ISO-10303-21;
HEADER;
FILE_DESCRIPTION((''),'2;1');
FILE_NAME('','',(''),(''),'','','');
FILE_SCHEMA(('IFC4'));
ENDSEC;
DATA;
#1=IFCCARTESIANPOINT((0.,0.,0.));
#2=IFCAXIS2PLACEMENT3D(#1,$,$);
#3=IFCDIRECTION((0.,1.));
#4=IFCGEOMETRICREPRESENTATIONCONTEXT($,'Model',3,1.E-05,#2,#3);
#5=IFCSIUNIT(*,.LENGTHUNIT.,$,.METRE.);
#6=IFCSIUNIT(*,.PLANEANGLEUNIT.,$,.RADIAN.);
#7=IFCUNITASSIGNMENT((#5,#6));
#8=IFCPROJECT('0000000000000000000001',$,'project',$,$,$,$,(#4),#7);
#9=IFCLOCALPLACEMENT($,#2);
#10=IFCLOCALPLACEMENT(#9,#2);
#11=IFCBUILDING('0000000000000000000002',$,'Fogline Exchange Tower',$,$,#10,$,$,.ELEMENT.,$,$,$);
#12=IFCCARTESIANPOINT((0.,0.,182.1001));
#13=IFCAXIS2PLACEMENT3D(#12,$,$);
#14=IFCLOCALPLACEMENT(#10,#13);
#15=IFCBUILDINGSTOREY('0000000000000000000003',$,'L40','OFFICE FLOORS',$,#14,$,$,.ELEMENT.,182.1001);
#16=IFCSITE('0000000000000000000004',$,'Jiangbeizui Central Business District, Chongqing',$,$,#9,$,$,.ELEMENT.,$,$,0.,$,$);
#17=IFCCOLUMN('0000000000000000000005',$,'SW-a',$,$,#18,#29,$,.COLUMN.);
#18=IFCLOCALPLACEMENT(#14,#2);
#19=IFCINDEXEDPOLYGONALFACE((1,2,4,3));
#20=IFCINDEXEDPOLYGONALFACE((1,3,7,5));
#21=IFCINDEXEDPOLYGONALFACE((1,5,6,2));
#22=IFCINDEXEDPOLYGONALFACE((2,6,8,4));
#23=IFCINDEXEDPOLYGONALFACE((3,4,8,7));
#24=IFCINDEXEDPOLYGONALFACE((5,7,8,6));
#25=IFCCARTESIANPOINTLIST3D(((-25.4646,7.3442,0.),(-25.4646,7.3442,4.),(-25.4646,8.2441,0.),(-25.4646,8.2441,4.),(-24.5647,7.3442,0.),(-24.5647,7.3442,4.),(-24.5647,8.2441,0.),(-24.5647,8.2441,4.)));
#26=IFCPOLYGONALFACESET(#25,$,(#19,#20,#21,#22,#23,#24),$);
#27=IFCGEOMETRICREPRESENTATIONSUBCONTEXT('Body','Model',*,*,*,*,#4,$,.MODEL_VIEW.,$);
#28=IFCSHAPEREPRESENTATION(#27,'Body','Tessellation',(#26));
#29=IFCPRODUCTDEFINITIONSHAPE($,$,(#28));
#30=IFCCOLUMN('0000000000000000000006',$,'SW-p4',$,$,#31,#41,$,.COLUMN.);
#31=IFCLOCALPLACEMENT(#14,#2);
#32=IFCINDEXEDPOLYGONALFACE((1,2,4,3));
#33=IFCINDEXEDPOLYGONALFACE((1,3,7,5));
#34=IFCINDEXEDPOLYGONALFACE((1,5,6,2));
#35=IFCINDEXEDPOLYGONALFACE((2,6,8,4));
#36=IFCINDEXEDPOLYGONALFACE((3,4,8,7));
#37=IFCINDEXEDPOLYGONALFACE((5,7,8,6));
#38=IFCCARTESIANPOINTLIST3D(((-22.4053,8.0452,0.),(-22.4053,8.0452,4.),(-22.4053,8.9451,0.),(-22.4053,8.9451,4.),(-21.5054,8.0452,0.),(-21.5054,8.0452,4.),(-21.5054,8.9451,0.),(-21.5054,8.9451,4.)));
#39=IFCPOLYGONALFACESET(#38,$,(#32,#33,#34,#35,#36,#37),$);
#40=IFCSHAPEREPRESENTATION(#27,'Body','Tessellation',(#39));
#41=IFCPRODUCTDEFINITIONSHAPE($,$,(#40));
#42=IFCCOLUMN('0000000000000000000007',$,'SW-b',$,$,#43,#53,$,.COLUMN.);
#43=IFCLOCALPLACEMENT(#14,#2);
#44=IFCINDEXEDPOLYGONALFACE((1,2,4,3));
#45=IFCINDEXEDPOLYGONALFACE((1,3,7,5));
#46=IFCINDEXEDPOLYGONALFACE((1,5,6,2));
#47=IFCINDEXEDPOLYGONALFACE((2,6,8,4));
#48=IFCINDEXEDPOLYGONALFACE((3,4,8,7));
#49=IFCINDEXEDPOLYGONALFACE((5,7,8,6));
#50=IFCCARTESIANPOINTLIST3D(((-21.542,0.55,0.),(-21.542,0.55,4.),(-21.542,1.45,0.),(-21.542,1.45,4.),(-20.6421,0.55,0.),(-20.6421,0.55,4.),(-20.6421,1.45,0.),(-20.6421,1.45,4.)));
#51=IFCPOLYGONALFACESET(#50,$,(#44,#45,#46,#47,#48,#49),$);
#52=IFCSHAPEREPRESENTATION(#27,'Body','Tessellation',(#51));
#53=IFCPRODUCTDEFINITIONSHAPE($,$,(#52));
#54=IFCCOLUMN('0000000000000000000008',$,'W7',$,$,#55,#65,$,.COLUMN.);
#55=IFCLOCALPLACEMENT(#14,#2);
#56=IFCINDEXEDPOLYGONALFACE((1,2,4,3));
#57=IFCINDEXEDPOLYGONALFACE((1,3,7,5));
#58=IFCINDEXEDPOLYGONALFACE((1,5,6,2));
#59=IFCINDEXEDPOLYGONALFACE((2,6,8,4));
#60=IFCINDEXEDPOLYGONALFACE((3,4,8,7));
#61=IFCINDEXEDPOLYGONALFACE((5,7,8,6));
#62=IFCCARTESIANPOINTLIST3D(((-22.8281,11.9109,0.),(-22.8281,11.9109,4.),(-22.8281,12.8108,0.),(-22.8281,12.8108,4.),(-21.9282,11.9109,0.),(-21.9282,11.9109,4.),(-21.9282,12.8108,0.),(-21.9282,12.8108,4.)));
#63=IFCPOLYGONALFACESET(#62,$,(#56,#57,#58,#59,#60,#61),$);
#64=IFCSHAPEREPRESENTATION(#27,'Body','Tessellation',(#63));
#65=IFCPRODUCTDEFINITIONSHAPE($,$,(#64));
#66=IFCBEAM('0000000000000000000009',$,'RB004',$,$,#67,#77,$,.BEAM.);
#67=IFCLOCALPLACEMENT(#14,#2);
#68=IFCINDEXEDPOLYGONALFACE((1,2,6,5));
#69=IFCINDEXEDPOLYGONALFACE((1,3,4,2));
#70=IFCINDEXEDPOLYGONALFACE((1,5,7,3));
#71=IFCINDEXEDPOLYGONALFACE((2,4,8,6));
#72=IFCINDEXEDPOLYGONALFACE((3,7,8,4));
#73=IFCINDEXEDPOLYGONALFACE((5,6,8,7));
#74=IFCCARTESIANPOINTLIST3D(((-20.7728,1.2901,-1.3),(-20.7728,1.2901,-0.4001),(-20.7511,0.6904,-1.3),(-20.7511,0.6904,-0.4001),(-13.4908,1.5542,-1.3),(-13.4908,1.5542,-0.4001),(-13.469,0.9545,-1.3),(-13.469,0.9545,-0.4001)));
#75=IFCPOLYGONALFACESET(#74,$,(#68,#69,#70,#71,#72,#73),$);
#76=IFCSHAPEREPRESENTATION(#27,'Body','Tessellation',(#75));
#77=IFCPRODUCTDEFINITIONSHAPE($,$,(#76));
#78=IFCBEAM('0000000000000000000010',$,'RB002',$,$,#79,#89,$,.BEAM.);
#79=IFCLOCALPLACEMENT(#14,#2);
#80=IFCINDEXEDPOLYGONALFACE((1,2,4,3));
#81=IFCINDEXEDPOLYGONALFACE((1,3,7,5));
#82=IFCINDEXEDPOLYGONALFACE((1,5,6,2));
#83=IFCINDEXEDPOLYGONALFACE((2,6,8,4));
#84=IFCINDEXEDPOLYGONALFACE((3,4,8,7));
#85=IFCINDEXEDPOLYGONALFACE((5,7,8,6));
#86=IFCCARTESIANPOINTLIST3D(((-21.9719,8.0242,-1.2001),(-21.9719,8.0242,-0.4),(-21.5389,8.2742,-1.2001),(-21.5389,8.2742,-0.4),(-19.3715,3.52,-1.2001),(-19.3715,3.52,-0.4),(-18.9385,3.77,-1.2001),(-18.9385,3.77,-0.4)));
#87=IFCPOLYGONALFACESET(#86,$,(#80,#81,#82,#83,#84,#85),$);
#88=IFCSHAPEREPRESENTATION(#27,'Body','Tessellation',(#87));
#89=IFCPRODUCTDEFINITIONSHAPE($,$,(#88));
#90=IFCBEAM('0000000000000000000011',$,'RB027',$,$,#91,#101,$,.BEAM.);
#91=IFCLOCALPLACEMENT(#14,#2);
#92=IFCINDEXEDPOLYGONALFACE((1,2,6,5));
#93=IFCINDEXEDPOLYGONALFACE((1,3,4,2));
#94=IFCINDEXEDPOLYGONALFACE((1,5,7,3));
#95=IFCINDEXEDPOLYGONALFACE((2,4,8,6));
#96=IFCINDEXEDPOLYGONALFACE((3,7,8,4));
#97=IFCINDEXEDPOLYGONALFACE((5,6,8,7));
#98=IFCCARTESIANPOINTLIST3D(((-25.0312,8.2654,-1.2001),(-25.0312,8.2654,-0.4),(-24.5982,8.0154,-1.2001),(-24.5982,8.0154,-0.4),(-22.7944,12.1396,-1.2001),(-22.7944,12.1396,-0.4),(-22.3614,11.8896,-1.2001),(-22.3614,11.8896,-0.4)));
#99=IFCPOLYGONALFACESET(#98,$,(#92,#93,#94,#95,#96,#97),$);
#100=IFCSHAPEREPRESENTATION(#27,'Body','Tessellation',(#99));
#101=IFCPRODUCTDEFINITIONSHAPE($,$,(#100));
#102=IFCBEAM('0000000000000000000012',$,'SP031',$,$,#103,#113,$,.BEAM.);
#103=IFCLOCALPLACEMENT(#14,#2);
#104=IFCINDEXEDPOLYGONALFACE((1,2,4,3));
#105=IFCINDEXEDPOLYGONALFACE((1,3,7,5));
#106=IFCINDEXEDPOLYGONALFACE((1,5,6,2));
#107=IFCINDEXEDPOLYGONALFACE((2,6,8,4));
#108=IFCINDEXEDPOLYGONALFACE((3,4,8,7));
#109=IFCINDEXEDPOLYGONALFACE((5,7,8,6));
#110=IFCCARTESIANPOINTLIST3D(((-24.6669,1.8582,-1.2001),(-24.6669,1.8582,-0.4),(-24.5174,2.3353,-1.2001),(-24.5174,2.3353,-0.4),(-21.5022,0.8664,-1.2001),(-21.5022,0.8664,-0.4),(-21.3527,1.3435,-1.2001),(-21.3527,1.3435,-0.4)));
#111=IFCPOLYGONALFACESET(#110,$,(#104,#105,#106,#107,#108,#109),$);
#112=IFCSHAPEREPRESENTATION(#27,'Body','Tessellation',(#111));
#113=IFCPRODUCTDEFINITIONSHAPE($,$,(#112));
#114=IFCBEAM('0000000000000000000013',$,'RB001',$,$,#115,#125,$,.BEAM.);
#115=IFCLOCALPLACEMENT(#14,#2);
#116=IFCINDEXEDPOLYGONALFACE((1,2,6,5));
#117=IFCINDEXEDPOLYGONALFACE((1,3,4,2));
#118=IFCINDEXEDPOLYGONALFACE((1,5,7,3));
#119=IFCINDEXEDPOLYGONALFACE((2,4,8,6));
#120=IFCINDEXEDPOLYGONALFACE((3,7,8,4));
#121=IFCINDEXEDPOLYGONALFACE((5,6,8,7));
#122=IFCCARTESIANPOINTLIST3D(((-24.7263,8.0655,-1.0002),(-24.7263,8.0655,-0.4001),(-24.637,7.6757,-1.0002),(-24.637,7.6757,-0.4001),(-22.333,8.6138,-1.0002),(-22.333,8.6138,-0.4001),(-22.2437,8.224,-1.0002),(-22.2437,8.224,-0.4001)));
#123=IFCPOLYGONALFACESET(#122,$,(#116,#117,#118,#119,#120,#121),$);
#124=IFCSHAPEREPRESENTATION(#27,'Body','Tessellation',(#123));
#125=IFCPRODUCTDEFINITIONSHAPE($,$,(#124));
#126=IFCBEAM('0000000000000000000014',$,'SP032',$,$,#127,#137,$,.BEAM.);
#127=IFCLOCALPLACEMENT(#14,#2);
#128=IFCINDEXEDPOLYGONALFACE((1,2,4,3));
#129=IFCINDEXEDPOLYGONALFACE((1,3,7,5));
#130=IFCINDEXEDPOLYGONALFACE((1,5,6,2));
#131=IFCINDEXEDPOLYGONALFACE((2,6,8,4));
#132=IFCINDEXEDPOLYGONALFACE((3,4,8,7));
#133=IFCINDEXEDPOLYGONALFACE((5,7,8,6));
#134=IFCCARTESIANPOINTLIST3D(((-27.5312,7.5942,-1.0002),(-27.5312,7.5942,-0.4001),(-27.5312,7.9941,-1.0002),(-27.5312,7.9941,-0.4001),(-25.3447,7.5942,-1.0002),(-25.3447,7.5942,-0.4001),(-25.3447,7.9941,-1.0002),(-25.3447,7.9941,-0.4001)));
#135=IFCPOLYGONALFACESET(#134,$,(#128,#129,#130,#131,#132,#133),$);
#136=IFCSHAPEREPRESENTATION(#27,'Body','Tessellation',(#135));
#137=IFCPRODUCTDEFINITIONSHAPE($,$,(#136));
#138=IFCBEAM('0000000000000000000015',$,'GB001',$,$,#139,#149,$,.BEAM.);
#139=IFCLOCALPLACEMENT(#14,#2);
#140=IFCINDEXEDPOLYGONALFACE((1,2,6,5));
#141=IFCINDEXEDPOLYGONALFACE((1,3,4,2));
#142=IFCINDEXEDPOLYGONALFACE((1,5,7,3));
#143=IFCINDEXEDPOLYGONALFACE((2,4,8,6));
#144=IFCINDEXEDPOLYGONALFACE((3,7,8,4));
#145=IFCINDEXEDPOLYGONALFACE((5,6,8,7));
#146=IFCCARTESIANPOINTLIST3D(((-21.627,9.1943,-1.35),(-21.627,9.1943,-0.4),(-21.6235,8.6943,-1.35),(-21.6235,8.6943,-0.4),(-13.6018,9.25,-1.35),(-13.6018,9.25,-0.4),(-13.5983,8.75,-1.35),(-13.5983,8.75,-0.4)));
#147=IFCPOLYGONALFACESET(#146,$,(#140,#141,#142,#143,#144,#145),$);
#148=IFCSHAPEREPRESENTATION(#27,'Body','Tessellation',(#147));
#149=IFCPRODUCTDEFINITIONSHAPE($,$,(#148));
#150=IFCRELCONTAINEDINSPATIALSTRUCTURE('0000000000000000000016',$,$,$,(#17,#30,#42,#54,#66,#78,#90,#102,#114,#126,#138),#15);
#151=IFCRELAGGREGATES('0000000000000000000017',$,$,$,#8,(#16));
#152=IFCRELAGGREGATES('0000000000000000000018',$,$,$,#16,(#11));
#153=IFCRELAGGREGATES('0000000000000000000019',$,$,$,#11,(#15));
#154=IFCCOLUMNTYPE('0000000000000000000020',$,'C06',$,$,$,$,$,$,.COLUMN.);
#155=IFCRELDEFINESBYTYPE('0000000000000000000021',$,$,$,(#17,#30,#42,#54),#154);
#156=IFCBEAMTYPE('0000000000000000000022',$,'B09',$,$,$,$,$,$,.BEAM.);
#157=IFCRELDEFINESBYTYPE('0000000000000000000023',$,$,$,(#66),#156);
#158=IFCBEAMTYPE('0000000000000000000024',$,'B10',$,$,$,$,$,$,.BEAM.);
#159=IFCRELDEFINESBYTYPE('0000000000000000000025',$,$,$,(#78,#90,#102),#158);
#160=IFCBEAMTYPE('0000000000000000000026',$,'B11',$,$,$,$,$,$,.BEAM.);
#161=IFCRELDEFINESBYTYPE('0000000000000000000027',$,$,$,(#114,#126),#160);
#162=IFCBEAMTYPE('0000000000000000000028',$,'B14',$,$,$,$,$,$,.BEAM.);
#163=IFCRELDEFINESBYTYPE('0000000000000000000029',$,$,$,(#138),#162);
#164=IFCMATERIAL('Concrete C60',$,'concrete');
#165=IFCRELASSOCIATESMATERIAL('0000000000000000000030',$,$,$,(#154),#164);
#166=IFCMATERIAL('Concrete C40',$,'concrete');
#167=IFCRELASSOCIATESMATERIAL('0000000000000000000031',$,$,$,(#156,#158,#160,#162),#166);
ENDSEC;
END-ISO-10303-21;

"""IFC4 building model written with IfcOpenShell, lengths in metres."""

from ifc_helpers import new_model, si_unit, direction, frame, origin, origin_2d, place, context, subcontext, project, spatial, rectangle, extrude, material, material_profile, profile_set, type_object, element, save


model = new_model("IFC4")

# Units and contexts
model_context = context("Model", 3, precision=1e-05, world=origin(), true_north=direction((0.0, 1.0)))
body_context = subcontext(model_context, "Body", "Model", "MODEL_VIEW")
ifc_project = project(units=[si_unit("LENGTHUNIT", "METRE"), si_unit("PLANEANGLEUNIT", "RADIAN")], contexts=[model_context])

# Site, building, storey
site_placement = place(None, origin())
site = spatial("IfcSite", under=ifc_project, at=site_placement, Name="Jiangbeizui Central Business District, Chongqing", CompositionType="ELEMENT", RefElevation=0.0)
building_placement = place(site_placement, origin())
building = spatial("IfcBuilding", under=site, at=building_placement, Name="Fogline Exchange Tower", CompositionType="ELEMENT")
storey_placement = place(building_placement, frame((0.0, 0.0, 182.1001)))
storey = spatial("IfcBuildingStorey", under=building, at=storey_placement, Name="L40", Description="OFFICE FLOORS", CompositionType="ELEMENT", Elevation=182.1001)

# Columns
ifc_material_1 = material(Name="Concrete C60", Category="concrete")
ifc_material_profile_1 = material_profile(ifc_material_1, rectangle(XDim=0.8999, YDim=0.8999, at=origin_2d()), Name="RC 900x900")
ifc_profile_set_1 = profile_set([ifc_material_profile_1], Name="Concrete C60")
column_type = type_object("IfcColumnType", Name="C06", PredefinedType="COLUMN", material=ifc_profile_set_1)
for number, where, z_axis, x_axis, name in (
    (1, (-25.0146, 7.7942, 0.0), (0.0, 0.0, 1.0), (1.0, 0.0, 0.0), "SW-a"),
    (2, (-21.9553, 8.4951, 0.0), (0.0, 0.0, 1.0), (1.0, 0.0, 0.0), "SW-p4"),
    (3, (-21.092, 1.0, 0.0), (0.0, 0.0, 1.0), (1.0, 0.0, 0.0), "SW-b"),
    (4, (-22.3782, 12.3608, 0.0), (0.0, 0.0, 1.0), (1.0, 0.0, 0.0), "W7"),
):
    element("IfcColumn", number, at=place(storey_placement, frame(where, z_axis=z_axis, x_axis=x_axis)), inside=storey, type_object=column_type, Name=name, PredefinedType="COLUMN", context=body_context, shape_type="SweptSolid", body=[
        extrude(rectangle(XDim=0.8999, YDim=0.8999, at=origin_2d()), origin(), (0.0, 0.0, 1.0), 4.0),
    ])

# Beams
ifc_material_2 = material(Name="Concrete C40", Category="concrete")
ifc_material_profile_2 = material_profile(ifc_material_2, rectangle(XDim=0.6001, YDim=0.8999, at=origin_2d()), Name="RC 600x900")
ifc_profile_set_2 = profile_set([ifc_material_profile_2], Name="Concrete C40")
beam_type_1 = type_object("IfcBeamType", Name="B09", PredefinedType="BEAM", material=ifc_profile_set_2)
beam_1_placement = place(storey_placement, frame((-20.762, 0.9902, -0.8501), z_axis=(0.999343, 0.036252, 0.0), x_axis=(-0.036252, 0.999343, 0.0)))
element("IfcBeam", 5, at=beam_1_placement, inside=storey, type_object=beam_type_1, Name="RB004", PredefinedType="BEAM", context=body_context, shape_type="SweptSolid", body=[
    extrude(rectangle(XDim=0.6001, YDim=0.8999, at=origin_2d()), origin(), (0.0, 0.0, 1.0), 7.2869),
])
ifc_material_profile_3 = material_profile(ifc_material_2, rectangle(XDim=0.5, YDim=0.8, at=origin_2d()), Name="RC 500x800")
ifc_profile_set_3 = profile_set([ifc_material_profile_3], Name="Concrete C40")
beam_type_2 = type_object("IfcBeamType", Name="B10", PredefinedType="BEAM", material=ifc_profile_set_3)
beam_2_placement = place(storey_placement, frame((-21.7554, 8.1492, -0.8), z_axis=(0.499981, -0.866036, 0.0), x_axis=(0.866036, 0.499981, 0.0)))
element("IfcBeam", 6, at=beam_2_placement, inside=storey, type_object=beam_type_2, Name="RB002", PredefinedType="BEAM", context=body_context, shape_type="SweptSolid", body=[
    extrude(rectangle(XDim=0.5, YDim=0.8, at=origin_2d()), origin(), (0.0, 0.0, 1.0), 5.2009),
])
beam_3_placement = place(storey_placement, frame((-22.5779, 12.0146, -0.8), z_axis=(-0.500001, -0.866025, 0.0), x_axis=(0.866025, -0.500001, 0.0)))
element("IfcBeam", 7, at=beam_3_placement, inside=storey, type_object=beam_type_2, Name="RB027", PredefinedType="BEAM", context=body_context, shape_type="SweptSolid", body=[
    extrude(rectangle(XDim=0.5, YDim=0.8, at=origin_2d()), origin(), (0.0, 0.0, 1.0), 4.4736),
])
beam_4_placement = place(storey_placement, frame((-21.4275, 1.105, -0.8), z_axis=(-0.954241, 0.299038, 0.0), x_axis=(-0.299038, -0.954241, 0.0)))
element("IfcBeam", 8, at=beam_4_placement, inside=storey, type_object=beam_type_2, Name="SP031", PredefinedType="BEAM", context=body_context, shape_type="SweptSolid", body=[
    extrude(rectangle(XDim=0.5, YDim=0.8, at=origin_2d()), origin(), (0.0, 0.0, 1.0), 3.3164),
])
ifc_material_profile_4 = material_profile(ifc_material_2, rectangle(XDim=0.3999, YDim=0.6001, at=origin_2d()), Name="RC 400x600")
ifc_profile_set_4 = profile_set([ifc_material_profile_4], Name="Concrete C40")
beam_type_3 = type_object("IfcBeamType", Name="B11", PredefinedType="BEAM", material=ifc_profile_set_4)
beam_5_placement = place(storey_placement, frame((-24.6816, 7.8706, -0.7002), z_axis=(0.974744, 0.223327, 0.0), x_axis=(-0.223327, 0.974744, 0.0)))
element("IfcBeam", 9, at=beam_5_placement, inside=storey, type_object=beam_type_3, Name="RB001", PredefinedType="BEAM", context=body_context, shape_type="SweptSolid", body=[
    extrude(rectangle(XDim=0.3999, YDim=0.6001, at=origin_2d()), origin(), (0.0, 0.0, 1.0), 2.4553),
])
beam_6_placement = place(storey_placement, frame((-25.3447, 7.7942, -0.7002), z_axis=(-1.0, 0.0, 0.0), x_axis=(0.0, -1.0, 0.0)))
element("IfcBeam", 10, at=beam_6_placement, inside=storey, type_object=beam_type_3, Name="SP032", PredefinedType="BEAM", context=body_context, shape_type="SweptSolid", body=[
    extrude(rectangle(XDim=0.3999, YDim=0.6001, at=origin_2d()), origin(), (0.0, 0.0, 1.0), 2.1865),
])
ifc_material_profile_5 = material_profile(ifc_material_2, rectangle(XDim=0.5, YDim=0.95, at=origin_2d()), Name="RC 500x950")
ifc_profile_set_5 = profile_set([ifc_material_profile_5], Name="Concrete C40")
beam_type_4 = type_object("IfcBeamType", Name="B14", PredefinedType="BEAM", material=ifc_profile_set_5)
beam_7_placement = place(storey_placement, frame((-21.6252, 8.9443, -0.875), z_axis=(0.999976, 0.006936, 0.0), x_axis=(-0.006936, 0.999976, 0.0)))
element("IfcBeam", 11, at=beam_7_placement, inside=storey, type_object=beam_type_4, Name="GB001", PredefinedType="BEAM", context=body_context, shape_type="SweptSolid", body=[
    extrude(rectangle(XDim=0.5, YDim=0.95, at=origin_2d()), origin(), (0.0, 0.0, 1.0), 8.0254),
])

save(model, "model.ifc")
